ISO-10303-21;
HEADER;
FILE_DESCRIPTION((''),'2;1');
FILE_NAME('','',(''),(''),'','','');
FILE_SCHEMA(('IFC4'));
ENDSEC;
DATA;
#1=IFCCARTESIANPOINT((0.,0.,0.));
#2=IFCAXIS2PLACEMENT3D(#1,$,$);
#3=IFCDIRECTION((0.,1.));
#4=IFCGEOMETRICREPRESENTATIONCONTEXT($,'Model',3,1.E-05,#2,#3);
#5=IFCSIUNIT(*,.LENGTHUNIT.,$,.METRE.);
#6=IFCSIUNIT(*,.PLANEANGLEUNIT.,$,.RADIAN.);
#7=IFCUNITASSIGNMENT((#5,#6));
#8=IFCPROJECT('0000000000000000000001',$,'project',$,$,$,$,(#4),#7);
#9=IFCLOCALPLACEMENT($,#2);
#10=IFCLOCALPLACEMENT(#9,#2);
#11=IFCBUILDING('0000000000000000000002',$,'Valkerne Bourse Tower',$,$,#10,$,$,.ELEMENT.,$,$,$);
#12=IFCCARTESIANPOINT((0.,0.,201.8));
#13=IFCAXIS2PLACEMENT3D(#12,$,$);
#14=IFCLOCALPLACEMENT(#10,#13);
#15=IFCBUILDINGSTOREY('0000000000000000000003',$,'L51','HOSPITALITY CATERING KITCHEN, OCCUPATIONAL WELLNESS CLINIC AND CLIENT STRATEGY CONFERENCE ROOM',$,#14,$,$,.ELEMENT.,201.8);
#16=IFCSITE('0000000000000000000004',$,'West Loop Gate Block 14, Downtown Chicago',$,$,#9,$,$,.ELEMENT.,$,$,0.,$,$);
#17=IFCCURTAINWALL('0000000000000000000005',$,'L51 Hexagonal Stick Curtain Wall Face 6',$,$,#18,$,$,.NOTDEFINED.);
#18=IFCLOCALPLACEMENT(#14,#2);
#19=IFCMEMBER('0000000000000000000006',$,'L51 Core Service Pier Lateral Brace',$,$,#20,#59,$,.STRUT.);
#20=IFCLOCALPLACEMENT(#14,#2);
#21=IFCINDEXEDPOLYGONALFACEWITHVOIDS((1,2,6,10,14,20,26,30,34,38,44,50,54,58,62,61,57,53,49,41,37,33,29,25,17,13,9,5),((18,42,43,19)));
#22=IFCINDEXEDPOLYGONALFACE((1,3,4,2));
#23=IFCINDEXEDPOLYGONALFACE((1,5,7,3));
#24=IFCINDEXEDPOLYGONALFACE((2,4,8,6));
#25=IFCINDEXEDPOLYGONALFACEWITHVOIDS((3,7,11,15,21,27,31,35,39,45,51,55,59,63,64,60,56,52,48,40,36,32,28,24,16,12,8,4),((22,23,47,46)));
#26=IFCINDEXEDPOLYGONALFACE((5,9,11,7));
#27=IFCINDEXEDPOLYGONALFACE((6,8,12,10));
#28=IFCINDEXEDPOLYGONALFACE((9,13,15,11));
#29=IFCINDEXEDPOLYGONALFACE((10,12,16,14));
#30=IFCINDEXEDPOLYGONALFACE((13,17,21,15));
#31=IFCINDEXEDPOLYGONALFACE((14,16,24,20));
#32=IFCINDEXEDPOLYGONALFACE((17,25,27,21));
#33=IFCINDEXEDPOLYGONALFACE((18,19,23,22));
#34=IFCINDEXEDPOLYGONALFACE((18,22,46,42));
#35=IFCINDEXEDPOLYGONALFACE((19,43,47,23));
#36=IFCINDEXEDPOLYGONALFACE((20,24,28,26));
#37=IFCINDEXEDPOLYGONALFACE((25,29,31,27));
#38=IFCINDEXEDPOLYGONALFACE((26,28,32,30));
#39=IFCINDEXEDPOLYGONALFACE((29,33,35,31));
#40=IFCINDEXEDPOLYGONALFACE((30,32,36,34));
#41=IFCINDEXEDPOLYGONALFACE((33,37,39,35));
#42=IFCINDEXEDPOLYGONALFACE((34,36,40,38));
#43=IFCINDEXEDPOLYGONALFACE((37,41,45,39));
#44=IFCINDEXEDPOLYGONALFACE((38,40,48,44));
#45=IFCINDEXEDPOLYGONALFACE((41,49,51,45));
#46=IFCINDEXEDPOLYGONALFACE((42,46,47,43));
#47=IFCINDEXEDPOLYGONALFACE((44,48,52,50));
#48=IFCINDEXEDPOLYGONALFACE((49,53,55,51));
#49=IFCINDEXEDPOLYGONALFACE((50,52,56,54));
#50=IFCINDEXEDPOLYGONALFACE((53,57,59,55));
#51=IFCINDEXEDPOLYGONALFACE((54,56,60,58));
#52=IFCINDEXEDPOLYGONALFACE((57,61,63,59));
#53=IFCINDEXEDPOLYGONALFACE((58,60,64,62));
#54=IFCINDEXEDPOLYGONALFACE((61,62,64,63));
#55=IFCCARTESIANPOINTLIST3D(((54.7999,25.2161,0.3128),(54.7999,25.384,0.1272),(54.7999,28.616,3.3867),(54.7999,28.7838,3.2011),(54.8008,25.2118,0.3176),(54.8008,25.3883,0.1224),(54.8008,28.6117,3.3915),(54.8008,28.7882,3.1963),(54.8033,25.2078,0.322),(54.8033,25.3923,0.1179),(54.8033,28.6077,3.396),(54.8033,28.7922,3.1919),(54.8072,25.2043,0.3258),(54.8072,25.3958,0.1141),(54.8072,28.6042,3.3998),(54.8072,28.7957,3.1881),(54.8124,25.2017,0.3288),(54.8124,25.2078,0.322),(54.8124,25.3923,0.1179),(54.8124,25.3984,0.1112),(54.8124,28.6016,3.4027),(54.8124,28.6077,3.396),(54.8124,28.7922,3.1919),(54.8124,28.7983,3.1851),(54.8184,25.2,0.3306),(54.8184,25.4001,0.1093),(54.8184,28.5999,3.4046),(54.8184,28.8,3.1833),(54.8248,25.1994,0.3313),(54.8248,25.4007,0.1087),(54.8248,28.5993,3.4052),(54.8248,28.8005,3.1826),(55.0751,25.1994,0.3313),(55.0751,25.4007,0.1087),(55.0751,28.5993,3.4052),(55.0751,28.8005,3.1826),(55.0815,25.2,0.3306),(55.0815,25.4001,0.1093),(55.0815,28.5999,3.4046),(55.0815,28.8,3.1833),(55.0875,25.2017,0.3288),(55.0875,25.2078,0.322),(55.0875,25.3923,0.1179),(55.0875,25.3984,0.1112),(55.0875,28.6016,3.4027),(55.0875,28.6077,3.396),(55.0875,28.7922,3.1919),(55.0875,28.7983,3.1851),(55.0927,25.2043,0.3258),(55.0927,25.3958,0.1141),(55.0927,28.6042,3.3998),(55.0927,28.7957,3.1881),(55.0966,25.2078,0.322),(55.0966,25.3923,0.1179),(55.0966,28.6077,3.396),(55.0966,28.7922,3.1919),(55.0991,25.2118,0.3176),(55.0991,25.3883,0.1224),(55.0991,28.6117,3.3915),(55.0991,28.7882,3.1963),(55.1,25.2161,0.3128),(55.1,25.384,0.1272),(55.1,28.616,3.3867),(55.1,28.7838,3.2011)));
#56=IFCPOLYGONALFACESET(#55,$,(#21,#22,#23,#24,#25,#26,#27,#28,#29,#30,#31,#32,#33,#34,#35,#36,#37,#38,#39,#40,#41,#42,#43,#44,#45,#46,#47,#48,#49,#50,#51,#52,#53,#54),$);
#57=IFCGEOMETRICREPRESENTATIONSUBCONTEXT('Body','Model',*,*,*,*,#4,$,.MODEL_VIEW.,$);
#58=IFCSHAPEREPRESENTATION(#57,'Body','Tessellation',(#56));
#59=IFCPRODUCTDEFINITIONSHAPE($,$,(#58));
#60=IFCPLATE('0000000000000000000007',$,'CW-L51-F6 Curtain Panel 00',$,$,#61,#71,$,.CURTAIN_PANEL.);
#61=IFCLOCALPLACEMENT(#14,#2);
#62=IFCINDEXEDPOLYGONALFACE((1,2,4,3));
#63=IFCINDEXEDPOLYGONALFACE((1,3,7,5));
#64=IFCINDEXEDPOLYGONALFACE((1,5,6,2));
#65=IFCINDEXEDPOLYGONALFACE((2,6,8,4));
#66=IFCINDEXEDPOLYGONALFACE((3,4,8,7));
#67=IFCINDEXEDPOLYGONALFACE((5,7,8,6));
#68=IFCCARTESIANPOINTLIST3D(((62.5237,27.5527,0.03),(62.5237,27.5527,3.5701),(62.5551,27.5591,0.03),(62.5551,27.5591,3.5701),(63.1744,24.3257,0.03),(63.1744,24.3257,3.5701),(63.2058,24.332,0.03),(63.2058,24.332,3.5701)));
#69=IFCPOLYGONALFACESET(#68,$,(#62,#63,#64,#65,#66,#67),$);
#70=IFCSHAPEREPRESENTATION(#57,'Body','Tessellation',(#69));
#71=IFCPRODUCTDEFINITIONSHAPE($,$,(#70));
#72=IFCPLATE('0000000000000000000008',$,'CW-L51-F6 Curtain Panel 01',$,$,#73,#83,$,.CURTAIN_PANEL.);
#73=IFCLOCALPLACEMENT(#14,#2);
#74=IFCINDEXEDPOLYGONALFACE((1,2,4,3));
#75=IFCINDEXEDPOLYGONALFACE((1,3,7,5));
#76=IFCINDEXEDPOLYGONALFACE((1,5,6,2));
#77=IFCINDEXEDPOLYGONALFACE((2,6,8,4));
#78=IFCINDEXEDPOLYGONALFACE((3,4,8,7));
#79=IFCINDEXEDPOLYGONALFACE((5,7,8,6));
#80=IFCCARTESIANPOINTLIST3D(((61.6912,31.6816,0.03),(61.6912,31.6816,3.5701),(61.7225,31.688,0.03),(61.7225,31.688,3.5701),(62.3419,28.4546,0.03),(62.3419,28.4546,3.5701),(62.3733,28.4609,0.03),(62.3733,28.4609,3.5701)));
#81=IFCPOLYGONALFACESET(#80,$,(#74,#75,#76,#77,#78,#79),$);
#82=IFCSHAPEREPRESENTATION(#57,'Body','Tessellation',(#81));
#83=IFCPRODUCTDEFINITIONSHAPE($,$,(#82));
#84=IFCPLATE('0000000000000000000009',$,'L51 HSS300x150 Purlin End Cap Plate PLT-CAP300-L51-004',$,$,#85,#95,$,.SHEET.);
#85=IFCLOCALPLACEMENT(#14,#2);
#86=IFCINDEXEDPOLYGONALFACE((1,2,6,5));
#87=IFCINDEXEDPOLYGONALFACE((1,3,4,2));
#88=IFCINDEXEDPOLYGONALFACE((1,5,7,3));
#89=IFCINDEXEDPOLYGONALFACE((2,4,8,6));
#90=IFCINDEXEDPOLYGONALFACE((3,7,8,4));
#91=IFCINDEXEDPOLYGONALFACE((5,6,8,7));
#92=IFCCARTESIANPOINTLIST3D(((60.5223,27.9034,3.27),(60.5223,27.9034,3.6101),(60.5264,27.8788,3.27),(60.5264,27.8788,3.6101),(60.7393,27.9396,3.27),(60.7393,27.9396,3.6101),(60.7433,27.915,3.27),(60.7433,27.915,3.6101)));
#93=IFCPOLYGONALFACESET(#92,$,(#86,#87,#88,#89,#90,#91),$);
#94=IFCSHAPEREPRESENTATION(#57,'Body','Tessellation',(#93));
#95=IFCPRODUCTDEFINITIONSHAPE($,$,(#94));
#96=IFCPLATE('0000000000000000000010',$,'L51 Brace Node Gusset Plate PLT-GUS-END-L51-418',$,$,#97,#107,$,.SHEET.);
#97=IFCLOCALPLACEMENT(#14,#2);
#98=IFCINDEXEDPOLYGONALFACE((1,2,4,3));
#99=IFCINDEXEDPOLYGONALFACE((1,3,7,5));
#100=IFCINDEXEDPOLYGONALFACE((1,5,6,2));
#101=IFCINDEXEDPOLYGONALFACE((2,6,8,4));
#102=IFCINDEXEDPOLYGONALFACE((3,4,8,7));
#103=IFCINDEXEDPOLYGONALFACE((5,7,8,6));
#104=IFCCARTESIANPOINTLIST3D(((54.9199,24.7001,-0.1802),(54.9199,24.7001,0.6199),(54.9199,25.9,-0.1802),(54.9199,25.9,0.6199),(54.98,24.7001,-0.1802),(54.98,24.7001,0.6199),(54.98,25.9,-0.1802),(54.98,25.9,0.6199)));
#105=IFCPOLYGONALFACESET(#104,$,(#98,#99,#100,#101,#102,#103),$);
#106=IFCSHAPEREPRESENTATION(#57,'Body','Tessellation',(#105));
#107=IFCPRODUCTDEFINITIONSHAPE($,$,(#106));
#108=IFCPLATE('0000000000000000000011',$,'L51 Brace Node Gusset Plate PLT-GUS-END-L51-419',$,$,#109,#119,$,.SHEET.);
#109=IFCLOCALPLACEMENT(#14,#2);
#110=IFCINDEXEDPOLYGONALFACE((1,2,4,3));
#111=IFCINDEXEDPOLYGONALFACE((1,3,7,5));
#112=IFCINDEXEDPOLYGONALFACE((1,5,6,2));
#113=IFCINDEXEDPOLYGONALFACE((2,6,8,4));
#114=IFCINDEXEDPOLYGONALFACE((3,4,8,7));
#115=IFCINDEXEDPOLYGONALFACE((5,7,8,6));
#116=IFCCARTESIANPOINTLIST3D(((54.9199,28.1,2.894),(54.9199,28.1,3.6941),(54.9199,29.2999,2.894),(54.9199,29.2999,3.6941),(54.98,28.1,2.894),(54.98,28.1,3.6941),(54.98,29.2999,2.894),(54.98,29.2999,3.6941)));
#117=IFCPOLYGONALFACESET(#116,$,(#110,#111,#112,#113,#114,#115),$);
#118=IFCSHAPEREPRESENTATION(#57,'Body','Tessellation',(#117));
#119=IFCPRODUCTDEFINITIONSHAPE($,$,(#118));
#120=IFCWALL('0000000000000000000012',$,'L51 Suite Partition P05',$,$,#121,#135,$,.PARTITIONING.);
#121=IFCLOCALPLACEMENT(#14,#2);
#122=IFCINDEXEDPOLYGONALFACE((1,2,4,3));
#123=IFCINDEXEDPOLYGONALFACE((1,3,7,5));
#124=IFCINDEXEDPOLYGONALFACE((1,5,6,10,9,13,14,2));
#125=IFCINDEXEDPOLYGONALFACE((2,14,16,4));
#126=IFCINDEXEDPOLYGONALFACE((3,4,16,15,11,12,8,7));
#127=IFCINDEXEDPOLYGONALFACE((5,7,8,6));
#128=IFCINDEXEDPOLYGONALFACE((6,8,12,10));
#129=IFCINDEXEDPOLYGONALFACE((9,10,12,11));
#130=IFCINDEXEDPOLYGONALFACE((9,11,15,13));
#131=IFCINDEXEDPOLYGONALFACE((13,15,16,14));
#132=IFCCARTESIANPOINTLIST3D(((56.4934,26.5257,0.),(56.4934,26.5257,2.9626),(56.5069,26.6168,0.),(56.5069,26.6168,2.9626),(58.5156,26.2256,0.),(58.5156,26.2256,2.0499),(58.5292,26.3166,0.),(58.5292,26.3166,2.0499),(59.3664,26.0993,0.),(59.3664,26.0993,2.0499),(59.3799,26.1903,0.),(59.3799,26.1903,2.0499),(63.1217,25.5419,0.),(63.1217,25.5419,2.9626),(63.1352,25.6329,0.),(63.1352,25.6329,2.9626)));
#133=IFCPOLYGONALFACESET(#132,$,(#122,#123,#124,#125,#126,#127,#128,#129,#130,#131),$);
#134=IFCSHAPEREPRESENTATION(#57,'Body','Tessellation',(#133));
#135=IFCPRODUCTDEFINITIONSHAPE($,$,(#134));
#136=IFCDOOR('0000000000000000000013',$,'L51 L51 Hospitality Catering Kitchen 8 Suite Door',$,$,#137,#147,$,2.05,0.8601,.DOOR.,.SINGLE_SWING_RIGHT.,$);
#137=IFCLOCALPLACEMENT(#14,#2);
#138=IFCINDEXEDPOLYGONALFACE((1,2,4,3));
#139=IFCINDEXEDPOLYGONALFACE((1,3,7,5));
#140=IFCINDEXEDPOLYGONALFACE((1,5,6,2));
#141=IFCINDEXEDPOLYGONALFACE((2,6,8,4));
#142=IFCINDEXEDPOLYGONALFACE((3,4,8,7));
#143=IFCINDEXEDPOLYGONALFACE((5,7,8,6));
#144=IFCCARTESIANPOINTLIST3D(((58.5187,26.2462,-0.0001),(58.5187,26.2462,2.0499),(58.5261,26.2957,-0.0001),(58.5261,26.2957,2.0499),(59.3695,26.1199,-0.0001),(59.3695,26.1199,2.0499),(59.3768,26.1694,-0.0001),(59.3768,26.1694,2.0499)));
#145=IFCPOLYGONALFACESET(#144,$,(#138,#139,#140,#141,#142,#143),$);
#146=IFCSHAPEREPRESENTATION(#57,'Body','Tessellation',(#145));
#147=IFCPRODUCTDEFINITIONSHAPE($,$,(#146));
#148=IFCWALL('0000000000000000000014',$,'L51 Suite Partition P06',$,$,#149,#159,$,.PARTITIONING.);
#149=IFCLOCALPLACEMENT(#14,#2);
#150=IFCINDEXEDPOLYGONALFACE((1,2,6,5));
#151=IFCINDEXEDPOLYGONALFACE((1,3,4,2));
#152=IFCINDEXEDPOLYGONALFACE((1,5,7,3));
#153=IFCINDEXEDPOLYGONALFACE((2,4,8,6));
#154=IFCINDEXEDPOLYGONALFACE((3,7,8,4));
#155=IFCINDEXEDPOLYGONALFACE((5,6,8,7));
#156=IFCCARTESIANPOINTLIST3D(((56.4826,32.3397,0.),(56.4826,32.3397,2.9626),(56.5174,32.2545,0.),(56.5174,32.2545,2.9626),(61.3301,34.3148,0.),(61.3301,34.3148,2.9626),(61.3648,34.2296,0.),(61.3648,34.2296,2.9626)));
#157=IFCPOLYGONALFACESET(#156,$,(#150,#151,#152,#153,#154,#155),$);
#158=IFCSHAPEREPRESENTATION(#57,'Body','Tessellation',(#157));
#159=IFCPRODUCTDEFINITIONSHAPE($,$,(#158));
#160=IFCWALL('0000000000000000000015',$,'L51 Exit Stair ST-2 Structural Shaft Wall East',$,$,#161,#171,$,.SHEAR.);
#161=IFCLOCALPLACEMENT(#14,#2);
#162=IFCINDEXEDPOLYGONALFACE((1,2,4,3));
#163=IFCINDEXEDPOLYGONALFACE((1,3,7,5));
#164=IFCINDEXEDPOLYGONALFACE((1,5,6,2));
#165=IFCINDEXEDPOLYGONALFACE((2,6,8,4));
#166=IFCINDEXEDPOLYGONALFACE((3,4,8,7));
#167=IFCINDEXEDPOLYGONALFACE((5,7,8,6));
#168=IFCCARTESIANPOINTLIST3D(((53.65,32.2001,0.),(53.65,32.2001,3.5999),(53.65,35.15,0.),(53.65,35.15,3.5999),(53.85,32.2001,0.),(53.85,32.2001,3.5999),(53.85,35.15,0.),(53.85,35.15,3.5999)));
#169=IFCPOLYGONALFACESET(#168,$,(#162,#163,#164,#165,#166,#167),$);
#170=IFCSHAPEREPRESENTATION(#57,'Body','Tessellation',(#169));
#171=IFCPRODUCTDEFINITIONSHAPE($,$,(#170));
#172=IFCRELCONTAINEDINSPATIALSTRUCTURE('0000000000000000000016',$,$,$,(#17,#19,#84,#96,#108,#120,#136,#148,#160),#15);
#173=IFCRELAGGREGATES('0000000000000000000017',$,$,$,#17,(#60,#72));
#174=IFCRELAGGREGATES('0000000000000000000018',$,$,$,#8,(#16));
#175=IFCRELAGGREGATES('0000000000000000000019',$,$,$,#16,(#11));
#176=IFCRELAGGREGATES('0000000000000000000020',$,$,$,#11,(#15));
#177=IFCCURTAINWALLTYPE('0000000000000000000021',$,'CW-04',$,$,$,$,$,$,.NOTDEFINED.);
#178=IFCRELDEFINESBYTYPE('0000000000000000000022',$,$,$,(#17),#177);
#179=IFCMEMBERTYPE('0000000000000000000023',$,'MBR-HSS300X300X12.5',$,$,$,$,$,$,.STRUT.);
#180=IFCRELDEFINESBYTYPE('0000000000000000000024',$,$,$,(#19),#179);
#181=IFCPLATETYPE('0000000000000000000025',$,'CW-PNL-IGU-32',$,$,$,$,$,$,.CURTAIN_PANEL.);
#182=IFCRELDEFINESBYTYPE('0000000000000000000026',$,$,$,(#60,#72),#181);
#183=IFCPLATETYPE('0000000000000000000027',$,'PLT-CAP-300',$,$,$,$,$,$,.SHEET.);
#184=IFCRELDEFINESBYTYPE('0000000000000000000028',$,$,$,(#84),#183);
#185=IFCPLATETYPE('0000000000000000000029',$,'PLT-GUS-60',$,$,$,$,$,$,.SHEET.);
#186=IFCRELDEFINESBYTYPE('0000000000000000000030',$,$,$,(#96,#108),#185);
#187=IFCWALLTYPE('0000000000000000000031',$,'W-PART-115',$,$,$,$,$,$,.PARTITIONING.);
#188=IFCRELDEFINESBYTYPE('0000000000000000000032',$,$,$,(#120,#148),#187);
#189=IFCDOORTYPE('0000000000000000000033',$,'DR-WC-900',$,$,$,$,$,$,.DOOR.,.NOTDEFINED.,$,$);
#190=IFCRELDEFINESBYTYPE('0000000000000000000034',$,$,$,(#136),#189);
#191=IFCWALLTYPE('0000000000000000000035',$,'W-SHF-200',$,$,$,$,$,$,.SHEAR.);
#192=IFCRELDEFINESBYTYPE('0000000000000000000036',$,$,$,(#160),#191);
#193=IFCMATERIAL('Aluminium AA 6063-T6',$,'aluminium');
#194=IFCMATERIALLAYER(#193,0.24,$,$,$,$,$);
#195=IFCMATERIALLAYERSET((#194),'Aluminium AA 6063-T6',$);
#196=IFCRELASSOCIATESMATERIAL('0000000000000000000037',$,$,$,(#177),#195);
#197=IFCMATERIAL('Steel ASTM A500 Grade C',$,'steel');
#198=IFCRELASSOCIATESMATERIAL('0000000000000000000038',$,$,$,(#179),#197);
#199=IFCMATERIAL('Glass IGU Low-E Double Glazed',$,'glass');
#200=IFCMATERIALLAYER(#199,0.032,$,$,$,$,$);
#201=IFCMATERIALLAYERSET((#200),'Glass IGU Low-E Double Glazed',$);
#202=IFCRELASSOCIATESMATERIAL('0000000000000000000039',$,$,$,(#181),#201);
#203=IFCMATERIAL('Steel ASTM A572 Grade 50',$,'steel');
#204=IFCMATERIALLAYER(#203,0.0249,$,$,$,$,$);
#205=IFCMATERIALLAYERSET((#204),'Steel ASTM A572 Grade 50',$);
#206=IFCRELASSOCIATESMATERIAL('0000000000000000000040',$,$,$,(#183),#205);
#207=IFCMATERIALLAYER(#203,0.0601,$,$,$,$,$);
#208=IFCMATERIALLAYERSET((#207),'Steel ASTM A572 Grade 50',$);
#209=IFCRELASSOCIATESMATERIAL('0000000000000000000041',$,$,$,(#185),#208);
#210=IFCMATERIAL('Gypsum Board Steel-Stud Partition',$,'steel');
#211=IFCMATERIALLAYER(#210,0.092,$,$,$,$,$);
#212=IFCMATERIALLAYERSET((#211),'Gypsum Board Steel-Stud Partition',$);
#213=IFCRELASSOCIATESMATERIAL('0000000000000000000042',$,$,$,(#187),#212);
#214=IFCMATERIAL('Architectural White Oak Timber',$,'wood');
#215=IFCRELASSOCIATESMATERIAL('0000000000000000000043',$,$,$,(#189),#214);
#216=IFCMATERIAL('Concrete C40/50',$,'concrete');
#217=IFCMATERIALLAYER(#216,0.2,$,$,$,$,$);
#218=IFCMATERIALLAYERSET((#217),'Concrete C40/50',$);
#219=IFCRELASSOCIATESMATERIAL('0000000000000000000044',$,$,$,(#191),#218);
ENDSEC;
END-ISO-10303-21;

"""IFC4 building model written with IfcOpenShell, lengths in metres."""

from ifc_helpers import new_model, si_unit, direction, frame, frame_2d, origin, origin_2d, place, context, subcontext, project, spatial, rectangle, hollow_rectangle, extrude, material, layer, layer_set, material_profile, profile_set, type_object, element, fill, aggregate, save


model = new_model("IFC4")

# Units and contexts
model_context = context("Model", 3, precision=1e-05, world=origin(), true_north=direction((0.0, 1.0)))
body_context = subcontext(model_context, "Body", "Model", "MODEL_VIEW")
ifc_project = project(units=[si_unit("LENGTHUNIT", "METRE"), si_unit("PLANEANGLEUNIT", "RADIAN")], contexts=[model_context])

# Site, building, storey
site_placement = place(None, origin())
site = spatial("IfcSite", under=ifc_project, at=site_placement, Name="West Loop Gate Block 14, Downtown Chicago", CompositionType="ELEMENT", RefElevation=0.0)
building_placement = place(site_placement, origin())
building = spatial("IfcBuilding", under=site, at=building_placement, Name="Valkerne Bourse Tower", CompositionType="ELEMENT")
storey_placement = place(building_placement, frame((0.0, 0.0, 201.8)))
storey = spatial("IfcBuildingStorey", under=building, at=storey_placement, Name="L51", Description="HOSPITALITY CATERING KITCHEN, OCCUPATIONAL WELLNESS CLINIC AND CLIENT STRATEGY CONFERENCE ROOM", CompositionType="ELEMENT", Elevation=201.8)

# Curtain wall
ifc_material_1 = material(Name="Aluminium AA 6063-T6", Category="aluminium")
ifc_layer_1 = layer(ifc_material_1, 0.24)
ifc_layer_set_1 = layer_set([ifc_layer_1], Name="Aluminium AA 6063-T6")
curtain_wall_type = type_object("IfcCurtainWallType", Name="CW-04", PredefinedType="NOTDEFINED", material=ifc_layer_set_1)
curtain_wall_placement = place(storey_placement, origin())
curtain_wall = element("IfcCurtainWall", 1, at=curtain_wall_placement, inside=storey, type_object=curtain_wall_type, Name="L51 Hexagonal Stick Curtain Wall Face 6", PredefinedType="NOTDEFINED")

# Member
ifc_material_2 = material(Name="Steel ASTM A500 Grade C", Category="steel")
ifc_material_profile_1 = material_profile(ifc_material_2, hollow_rectangle(XDim=0.3, YDim=0.3, WallThickness=0.0125, OuterFilletRadius=0.0249, at=origin_2d()), Name="HSS300X300X12.5")
ifc_profile_set_1 = profile_set([ifc_material_profile_1], Name="Steel ASTM A500 Grade C")
member_type_1 = type_object("IfcMemberType", Name="MBR-HSS300X300X12.5", PredefinedType="STRUT", material=ifc_profile_set_1)
member_1_placement = place(storey_placement, frame((54.95, 25.3, 0.22), z_axis=(0.0, 0.741767, 0.670658), x_axis=(-1.0, 0.0, 0.0)))
element("IfcMember", 2, at=member_1_placement, inside=storey, type_object=member_type_1, Name="L51 Core Service Pier Lateral Brace", PredefinedType="STRUT", context=body_context, shape_type="SweptSolid", body=[
    extrude(hollow_rectangle(XDim=0.3, YDim=0.3, WallThickness=0.0125, OuterFilletRadius=0.0249, at=origin_2d()), origin(), (0.0, 0.0, 1.0), 4.5835),
])

# Plates
ifc_material_3 = material(Name="Glass IGU Low-E Double Glazed", Category="glass")
ifc_layer_2 = layer(ifc_material_3, 0.032)
ifc_layer_set_2 = layer_set([ifc_layer_2], Name="Glass IGU Low-E Double Glazed")
plate_type_1 = type_object("IfcPlateType", Name="CW-PNL-IGU-32", PredefinedType="CURTAIN_PANEL", material=ifc_layer_set_2)
plate_1_placement = place(storey_placement, frame((62.8647, 25.9424, 0.03), z_axis=(0.0, 0.0, 1.0), x_axis=(-0.19765, 0.980273, 0.0)))
plate_1 = element("IfcPlate", 3, at=plate_1_placement, type_object=plate_type_1, Name="CW-L51-F6 Curtain Panel 00", PredefinedType="CURTAIN_PANEL", context=body_context, shape_type="SweptSolid", body=[
    extrude(rectangle(XDim=3.292, YDim=0.032, at=origin_2d()), origin(), (0.0, 0.0, 1.0), 3.54),
])
plate_2_placement = place(storey_placement, frame((62.0322, 30.0713, 0.03), z_axis=(0.0, 0.0, 1.0), x_axis=(-0.197673, 0.980268, 0.0)))
plate_2 = element("IfcPlate", 4, at=plate_2_placement, type_object=plate_type_1, Name="CW-L51-F6 Curtain Panel 01", PredefinedType="CURTAIN_PANEL", context=body_context, shape_type="SweptSolid", body=[
    extrude(rectangle(XDim=3.292, YDim=0.032, at=origin_2d()), origin(), (0.0, 0.0, 1.0), 3.54),
])
aggregate(curtain_wall, [plate_1, plate_2])

# Plates
ifc_material_4 = material(Name="Steel ASTM A572 Grade 50", Category="steel")
ifc_layer_3 = layer(ifc_material_4, 0.0249)
ifc_layer_set_3 = layer_set([ifc_layer_3], Name="Steel ASTM A572 Grade 50")
plate_type_2 = type_object("IfcPlateType", Name="PLT-CAP-300", PredefinedType="SHEET", material=ifc_layer_set_3)
plate_3_placement = place(storey_placement, frame((60.6328, 27.9092, 3.27), z_axis=(0.0, 0.0, 1.0), x_axis=(-0.164531, 0.986372, 0.0)))
element("IfcPlate", 5, at=plate_3_placement, inside=storey, type_object=plate_type_2, Name="L51 HSS300x150 Purlin End Cap Plate PLT-CAP300-L51-004", PredefinedType="SHEET", context=body_context, shape_type="SweptSolid", body=[
    extrude(rectangle(XDim=0.0249, YDim=0.22, at=origin_2d()), origin(), (0.0, 0.0, 1.0), 0.3401),
])
ifc_layer_4 = layer(ifc_material_4, 0.0601)
ifc_layer_set_4 = layer_set([ifc_layer_4], Name="Steel ASTM A572 Grade 50")
plate_type_3 = type_object("IfcPlateType", Name="PLT-GUS-60", PredefinedType="SHEET", material=ifc_layer_set_4)
for number, where, z_axis, x_axis, name in (
    (6, (54.95, 25.3, -0.1802), (0.0, 0.0, 1.0), (0.0, 1.0, 0.0), "L51 Brace Node Gusset Plate PLT-GUS-END-L51-418"),
    (7, (54.95, 28.7, 2.894), (0.0, 0.0, 1.0), (0.0, 1.0, 0.0), "L51 Brace Node Gusset Plate PLT-GUS-END-L51-419"),
):
    element("IfcPlate", number, at=place(storey_placement, frame(where, z_axis=z_axis, x_axis=x_axis)), inside=storey, type_object=plate_type_3, Name=name, PredefinedType="SHEET", context=body_context, shape_type="SweptSolid", body=[
        extrude(rectangle(XDim=1.2, YDim=0.0601, at=origin_2d()), origin(), (0.0, 0.0, 1.0), 0.8),
    ])

# Wall, opening, door
ifc_material_5 = material(Name="Gypsum Board Steel-Stud Partition", Category="steel")
ifc_layer_5 = layer(ifc_material_5, 0.092)
ifc_layer_set_5 = layer_set([ifc_layer_5], Name="Gypsum Board Steel-Stud Partition")
wall_type_1 = type_object("IfcWallType", Name="W-PART-115", PredefinedType="PARTITIONING", material=ifc_layer_set_5)
wall_1_placement = place(storey_placement, frame((56.5, 26.5713, 0.0), z_axis=(0.0, 0.0, 1.0), x_axis=(0.989162, -0.146826, 0.0)))
wall_1 = element("IfcWall", 8, at=wall_1_placement, inside=storey, type_object=wall_type_1, Name="L51 Suite Partition P05", PredefinedType="PARTITIONING", context=body_context, shape_type="SweptSolid", body=[
    extrude(rectangle(XDim=6.7009, YDim=0.092, at=frame_2d((3.3506, 0.0))), origin(), (0.0, 0.0, 1.0), 2.9626),
])
opening_1_placement = place(wall_1_placement, frame((2.0444, 0.0, 0.0)))
opening_1 = element("IfcOpeningElement", 9, at=opening_1_placement, cuts=wall_1, PredefinedType="OPENING", context=body_context, shape_type="SweptSolid", body=[
    extrude(rectangle(XDim=0.8601, YDim=2.05, at=frame_2d((0.4302, 1.0249))), frame((0.0, 0.0559, 0.0), z_axis=(0.0, -1.0, 0.0), x_axis=(1.0, 0.0, 0.0)), (0.0, 0.0, 1.0), 0.1121),
])
ifc_material_6 = material(Name="Architectural White Oak Timber", Category="wood")
door_type_1 = type_object("IfcDoorType", Name="DR-WC-900", OperationType="NOTDEFINED", PredefinedType="DOOR", material=ifc_material_6)
door_1_placement = place(opening_1_placement, origin())
door_1 = element("IfcDoor", 10, at=door_1_placement, inside=storey, type_object=door_type_1, Name="L51 L51 Hospitality Catering Kitchen 8 Suite Door", OperationType="SINGLE_SWING_RIGHT", OverallHeight=2.05, OverallWidth=0.8601, PredefinedType="DOOR", context=body_context, shape_type="SweptSolid", body=[
    extrude(rectangle(XDim=0.8601, YDim=2.05, at=frame_2d((0.4302, 1.0249))), frame((0.0, 0.0249, 0.0), z_axis=(0.0, -1.0, 0.0), x_axis=(1.0, 0.0, 0.0)), (0.0, 0.0, 1.0), 0.05),
])
fill(opening_1, door_1)

# Walls
wall_2_placement = place(storey_placement, frame((56.5, 32.2971, 0.0), z_axis=(0.0, 0.0, 1.0), x_axis=(0.926077, 0.377334, 0.0)))
element("IfcWall", 11, at=wall_2_placement, inside=storey, type_object=wall_type_1, Name="L51 Suite Partition P06", PredefinedType="PARTITIONING", context=body_context, shape_type="SweptSolid", body=[
    extrude(rectangle(XDim=5.2344, YDim=0.092, at=frame_2d((2.6172, 0.0))), origin(), (0.0, 0.0, 1.0), 2.9626),
])
ifc_material_7 = material(Name="Concrete C40/50", Category="concrete")
ifc_layer_6 = layer(ifc_material_7, 0.2)
ifc_layer_set_6 = layer_set([ifc_layer_6], Name="Concrete C40/50")
wall_type_2 = type_object("IfcWallType", Name="W-SHF-200", PredefinedType="SHEAR", material=ifc_layer_set_6)
wall_3_placement = place(storey_placement, frame((53.75, 32.2, 0.0), z_axis=(0.0, 0.0, 1.0), x_axis=(0.0, 1.0, 0.0)))
element("IfcWall", 12, at=wall_3_placement, inside=storey, type_object=wall_type_2, Name="L51 Exit Stair ST-2 Structural Shaft Wall East", PredefinedType="SHEAR", context=body_context, shape_type="SweptSolid", body=[
    extrude(rectangle(XDim=2.95, YDim=0.2, at=frame_2d((1.4751, 0.0))), origin(), (0.0, 0.0, 1.0), 3.5999),
])

save(model, "model.ifc")
